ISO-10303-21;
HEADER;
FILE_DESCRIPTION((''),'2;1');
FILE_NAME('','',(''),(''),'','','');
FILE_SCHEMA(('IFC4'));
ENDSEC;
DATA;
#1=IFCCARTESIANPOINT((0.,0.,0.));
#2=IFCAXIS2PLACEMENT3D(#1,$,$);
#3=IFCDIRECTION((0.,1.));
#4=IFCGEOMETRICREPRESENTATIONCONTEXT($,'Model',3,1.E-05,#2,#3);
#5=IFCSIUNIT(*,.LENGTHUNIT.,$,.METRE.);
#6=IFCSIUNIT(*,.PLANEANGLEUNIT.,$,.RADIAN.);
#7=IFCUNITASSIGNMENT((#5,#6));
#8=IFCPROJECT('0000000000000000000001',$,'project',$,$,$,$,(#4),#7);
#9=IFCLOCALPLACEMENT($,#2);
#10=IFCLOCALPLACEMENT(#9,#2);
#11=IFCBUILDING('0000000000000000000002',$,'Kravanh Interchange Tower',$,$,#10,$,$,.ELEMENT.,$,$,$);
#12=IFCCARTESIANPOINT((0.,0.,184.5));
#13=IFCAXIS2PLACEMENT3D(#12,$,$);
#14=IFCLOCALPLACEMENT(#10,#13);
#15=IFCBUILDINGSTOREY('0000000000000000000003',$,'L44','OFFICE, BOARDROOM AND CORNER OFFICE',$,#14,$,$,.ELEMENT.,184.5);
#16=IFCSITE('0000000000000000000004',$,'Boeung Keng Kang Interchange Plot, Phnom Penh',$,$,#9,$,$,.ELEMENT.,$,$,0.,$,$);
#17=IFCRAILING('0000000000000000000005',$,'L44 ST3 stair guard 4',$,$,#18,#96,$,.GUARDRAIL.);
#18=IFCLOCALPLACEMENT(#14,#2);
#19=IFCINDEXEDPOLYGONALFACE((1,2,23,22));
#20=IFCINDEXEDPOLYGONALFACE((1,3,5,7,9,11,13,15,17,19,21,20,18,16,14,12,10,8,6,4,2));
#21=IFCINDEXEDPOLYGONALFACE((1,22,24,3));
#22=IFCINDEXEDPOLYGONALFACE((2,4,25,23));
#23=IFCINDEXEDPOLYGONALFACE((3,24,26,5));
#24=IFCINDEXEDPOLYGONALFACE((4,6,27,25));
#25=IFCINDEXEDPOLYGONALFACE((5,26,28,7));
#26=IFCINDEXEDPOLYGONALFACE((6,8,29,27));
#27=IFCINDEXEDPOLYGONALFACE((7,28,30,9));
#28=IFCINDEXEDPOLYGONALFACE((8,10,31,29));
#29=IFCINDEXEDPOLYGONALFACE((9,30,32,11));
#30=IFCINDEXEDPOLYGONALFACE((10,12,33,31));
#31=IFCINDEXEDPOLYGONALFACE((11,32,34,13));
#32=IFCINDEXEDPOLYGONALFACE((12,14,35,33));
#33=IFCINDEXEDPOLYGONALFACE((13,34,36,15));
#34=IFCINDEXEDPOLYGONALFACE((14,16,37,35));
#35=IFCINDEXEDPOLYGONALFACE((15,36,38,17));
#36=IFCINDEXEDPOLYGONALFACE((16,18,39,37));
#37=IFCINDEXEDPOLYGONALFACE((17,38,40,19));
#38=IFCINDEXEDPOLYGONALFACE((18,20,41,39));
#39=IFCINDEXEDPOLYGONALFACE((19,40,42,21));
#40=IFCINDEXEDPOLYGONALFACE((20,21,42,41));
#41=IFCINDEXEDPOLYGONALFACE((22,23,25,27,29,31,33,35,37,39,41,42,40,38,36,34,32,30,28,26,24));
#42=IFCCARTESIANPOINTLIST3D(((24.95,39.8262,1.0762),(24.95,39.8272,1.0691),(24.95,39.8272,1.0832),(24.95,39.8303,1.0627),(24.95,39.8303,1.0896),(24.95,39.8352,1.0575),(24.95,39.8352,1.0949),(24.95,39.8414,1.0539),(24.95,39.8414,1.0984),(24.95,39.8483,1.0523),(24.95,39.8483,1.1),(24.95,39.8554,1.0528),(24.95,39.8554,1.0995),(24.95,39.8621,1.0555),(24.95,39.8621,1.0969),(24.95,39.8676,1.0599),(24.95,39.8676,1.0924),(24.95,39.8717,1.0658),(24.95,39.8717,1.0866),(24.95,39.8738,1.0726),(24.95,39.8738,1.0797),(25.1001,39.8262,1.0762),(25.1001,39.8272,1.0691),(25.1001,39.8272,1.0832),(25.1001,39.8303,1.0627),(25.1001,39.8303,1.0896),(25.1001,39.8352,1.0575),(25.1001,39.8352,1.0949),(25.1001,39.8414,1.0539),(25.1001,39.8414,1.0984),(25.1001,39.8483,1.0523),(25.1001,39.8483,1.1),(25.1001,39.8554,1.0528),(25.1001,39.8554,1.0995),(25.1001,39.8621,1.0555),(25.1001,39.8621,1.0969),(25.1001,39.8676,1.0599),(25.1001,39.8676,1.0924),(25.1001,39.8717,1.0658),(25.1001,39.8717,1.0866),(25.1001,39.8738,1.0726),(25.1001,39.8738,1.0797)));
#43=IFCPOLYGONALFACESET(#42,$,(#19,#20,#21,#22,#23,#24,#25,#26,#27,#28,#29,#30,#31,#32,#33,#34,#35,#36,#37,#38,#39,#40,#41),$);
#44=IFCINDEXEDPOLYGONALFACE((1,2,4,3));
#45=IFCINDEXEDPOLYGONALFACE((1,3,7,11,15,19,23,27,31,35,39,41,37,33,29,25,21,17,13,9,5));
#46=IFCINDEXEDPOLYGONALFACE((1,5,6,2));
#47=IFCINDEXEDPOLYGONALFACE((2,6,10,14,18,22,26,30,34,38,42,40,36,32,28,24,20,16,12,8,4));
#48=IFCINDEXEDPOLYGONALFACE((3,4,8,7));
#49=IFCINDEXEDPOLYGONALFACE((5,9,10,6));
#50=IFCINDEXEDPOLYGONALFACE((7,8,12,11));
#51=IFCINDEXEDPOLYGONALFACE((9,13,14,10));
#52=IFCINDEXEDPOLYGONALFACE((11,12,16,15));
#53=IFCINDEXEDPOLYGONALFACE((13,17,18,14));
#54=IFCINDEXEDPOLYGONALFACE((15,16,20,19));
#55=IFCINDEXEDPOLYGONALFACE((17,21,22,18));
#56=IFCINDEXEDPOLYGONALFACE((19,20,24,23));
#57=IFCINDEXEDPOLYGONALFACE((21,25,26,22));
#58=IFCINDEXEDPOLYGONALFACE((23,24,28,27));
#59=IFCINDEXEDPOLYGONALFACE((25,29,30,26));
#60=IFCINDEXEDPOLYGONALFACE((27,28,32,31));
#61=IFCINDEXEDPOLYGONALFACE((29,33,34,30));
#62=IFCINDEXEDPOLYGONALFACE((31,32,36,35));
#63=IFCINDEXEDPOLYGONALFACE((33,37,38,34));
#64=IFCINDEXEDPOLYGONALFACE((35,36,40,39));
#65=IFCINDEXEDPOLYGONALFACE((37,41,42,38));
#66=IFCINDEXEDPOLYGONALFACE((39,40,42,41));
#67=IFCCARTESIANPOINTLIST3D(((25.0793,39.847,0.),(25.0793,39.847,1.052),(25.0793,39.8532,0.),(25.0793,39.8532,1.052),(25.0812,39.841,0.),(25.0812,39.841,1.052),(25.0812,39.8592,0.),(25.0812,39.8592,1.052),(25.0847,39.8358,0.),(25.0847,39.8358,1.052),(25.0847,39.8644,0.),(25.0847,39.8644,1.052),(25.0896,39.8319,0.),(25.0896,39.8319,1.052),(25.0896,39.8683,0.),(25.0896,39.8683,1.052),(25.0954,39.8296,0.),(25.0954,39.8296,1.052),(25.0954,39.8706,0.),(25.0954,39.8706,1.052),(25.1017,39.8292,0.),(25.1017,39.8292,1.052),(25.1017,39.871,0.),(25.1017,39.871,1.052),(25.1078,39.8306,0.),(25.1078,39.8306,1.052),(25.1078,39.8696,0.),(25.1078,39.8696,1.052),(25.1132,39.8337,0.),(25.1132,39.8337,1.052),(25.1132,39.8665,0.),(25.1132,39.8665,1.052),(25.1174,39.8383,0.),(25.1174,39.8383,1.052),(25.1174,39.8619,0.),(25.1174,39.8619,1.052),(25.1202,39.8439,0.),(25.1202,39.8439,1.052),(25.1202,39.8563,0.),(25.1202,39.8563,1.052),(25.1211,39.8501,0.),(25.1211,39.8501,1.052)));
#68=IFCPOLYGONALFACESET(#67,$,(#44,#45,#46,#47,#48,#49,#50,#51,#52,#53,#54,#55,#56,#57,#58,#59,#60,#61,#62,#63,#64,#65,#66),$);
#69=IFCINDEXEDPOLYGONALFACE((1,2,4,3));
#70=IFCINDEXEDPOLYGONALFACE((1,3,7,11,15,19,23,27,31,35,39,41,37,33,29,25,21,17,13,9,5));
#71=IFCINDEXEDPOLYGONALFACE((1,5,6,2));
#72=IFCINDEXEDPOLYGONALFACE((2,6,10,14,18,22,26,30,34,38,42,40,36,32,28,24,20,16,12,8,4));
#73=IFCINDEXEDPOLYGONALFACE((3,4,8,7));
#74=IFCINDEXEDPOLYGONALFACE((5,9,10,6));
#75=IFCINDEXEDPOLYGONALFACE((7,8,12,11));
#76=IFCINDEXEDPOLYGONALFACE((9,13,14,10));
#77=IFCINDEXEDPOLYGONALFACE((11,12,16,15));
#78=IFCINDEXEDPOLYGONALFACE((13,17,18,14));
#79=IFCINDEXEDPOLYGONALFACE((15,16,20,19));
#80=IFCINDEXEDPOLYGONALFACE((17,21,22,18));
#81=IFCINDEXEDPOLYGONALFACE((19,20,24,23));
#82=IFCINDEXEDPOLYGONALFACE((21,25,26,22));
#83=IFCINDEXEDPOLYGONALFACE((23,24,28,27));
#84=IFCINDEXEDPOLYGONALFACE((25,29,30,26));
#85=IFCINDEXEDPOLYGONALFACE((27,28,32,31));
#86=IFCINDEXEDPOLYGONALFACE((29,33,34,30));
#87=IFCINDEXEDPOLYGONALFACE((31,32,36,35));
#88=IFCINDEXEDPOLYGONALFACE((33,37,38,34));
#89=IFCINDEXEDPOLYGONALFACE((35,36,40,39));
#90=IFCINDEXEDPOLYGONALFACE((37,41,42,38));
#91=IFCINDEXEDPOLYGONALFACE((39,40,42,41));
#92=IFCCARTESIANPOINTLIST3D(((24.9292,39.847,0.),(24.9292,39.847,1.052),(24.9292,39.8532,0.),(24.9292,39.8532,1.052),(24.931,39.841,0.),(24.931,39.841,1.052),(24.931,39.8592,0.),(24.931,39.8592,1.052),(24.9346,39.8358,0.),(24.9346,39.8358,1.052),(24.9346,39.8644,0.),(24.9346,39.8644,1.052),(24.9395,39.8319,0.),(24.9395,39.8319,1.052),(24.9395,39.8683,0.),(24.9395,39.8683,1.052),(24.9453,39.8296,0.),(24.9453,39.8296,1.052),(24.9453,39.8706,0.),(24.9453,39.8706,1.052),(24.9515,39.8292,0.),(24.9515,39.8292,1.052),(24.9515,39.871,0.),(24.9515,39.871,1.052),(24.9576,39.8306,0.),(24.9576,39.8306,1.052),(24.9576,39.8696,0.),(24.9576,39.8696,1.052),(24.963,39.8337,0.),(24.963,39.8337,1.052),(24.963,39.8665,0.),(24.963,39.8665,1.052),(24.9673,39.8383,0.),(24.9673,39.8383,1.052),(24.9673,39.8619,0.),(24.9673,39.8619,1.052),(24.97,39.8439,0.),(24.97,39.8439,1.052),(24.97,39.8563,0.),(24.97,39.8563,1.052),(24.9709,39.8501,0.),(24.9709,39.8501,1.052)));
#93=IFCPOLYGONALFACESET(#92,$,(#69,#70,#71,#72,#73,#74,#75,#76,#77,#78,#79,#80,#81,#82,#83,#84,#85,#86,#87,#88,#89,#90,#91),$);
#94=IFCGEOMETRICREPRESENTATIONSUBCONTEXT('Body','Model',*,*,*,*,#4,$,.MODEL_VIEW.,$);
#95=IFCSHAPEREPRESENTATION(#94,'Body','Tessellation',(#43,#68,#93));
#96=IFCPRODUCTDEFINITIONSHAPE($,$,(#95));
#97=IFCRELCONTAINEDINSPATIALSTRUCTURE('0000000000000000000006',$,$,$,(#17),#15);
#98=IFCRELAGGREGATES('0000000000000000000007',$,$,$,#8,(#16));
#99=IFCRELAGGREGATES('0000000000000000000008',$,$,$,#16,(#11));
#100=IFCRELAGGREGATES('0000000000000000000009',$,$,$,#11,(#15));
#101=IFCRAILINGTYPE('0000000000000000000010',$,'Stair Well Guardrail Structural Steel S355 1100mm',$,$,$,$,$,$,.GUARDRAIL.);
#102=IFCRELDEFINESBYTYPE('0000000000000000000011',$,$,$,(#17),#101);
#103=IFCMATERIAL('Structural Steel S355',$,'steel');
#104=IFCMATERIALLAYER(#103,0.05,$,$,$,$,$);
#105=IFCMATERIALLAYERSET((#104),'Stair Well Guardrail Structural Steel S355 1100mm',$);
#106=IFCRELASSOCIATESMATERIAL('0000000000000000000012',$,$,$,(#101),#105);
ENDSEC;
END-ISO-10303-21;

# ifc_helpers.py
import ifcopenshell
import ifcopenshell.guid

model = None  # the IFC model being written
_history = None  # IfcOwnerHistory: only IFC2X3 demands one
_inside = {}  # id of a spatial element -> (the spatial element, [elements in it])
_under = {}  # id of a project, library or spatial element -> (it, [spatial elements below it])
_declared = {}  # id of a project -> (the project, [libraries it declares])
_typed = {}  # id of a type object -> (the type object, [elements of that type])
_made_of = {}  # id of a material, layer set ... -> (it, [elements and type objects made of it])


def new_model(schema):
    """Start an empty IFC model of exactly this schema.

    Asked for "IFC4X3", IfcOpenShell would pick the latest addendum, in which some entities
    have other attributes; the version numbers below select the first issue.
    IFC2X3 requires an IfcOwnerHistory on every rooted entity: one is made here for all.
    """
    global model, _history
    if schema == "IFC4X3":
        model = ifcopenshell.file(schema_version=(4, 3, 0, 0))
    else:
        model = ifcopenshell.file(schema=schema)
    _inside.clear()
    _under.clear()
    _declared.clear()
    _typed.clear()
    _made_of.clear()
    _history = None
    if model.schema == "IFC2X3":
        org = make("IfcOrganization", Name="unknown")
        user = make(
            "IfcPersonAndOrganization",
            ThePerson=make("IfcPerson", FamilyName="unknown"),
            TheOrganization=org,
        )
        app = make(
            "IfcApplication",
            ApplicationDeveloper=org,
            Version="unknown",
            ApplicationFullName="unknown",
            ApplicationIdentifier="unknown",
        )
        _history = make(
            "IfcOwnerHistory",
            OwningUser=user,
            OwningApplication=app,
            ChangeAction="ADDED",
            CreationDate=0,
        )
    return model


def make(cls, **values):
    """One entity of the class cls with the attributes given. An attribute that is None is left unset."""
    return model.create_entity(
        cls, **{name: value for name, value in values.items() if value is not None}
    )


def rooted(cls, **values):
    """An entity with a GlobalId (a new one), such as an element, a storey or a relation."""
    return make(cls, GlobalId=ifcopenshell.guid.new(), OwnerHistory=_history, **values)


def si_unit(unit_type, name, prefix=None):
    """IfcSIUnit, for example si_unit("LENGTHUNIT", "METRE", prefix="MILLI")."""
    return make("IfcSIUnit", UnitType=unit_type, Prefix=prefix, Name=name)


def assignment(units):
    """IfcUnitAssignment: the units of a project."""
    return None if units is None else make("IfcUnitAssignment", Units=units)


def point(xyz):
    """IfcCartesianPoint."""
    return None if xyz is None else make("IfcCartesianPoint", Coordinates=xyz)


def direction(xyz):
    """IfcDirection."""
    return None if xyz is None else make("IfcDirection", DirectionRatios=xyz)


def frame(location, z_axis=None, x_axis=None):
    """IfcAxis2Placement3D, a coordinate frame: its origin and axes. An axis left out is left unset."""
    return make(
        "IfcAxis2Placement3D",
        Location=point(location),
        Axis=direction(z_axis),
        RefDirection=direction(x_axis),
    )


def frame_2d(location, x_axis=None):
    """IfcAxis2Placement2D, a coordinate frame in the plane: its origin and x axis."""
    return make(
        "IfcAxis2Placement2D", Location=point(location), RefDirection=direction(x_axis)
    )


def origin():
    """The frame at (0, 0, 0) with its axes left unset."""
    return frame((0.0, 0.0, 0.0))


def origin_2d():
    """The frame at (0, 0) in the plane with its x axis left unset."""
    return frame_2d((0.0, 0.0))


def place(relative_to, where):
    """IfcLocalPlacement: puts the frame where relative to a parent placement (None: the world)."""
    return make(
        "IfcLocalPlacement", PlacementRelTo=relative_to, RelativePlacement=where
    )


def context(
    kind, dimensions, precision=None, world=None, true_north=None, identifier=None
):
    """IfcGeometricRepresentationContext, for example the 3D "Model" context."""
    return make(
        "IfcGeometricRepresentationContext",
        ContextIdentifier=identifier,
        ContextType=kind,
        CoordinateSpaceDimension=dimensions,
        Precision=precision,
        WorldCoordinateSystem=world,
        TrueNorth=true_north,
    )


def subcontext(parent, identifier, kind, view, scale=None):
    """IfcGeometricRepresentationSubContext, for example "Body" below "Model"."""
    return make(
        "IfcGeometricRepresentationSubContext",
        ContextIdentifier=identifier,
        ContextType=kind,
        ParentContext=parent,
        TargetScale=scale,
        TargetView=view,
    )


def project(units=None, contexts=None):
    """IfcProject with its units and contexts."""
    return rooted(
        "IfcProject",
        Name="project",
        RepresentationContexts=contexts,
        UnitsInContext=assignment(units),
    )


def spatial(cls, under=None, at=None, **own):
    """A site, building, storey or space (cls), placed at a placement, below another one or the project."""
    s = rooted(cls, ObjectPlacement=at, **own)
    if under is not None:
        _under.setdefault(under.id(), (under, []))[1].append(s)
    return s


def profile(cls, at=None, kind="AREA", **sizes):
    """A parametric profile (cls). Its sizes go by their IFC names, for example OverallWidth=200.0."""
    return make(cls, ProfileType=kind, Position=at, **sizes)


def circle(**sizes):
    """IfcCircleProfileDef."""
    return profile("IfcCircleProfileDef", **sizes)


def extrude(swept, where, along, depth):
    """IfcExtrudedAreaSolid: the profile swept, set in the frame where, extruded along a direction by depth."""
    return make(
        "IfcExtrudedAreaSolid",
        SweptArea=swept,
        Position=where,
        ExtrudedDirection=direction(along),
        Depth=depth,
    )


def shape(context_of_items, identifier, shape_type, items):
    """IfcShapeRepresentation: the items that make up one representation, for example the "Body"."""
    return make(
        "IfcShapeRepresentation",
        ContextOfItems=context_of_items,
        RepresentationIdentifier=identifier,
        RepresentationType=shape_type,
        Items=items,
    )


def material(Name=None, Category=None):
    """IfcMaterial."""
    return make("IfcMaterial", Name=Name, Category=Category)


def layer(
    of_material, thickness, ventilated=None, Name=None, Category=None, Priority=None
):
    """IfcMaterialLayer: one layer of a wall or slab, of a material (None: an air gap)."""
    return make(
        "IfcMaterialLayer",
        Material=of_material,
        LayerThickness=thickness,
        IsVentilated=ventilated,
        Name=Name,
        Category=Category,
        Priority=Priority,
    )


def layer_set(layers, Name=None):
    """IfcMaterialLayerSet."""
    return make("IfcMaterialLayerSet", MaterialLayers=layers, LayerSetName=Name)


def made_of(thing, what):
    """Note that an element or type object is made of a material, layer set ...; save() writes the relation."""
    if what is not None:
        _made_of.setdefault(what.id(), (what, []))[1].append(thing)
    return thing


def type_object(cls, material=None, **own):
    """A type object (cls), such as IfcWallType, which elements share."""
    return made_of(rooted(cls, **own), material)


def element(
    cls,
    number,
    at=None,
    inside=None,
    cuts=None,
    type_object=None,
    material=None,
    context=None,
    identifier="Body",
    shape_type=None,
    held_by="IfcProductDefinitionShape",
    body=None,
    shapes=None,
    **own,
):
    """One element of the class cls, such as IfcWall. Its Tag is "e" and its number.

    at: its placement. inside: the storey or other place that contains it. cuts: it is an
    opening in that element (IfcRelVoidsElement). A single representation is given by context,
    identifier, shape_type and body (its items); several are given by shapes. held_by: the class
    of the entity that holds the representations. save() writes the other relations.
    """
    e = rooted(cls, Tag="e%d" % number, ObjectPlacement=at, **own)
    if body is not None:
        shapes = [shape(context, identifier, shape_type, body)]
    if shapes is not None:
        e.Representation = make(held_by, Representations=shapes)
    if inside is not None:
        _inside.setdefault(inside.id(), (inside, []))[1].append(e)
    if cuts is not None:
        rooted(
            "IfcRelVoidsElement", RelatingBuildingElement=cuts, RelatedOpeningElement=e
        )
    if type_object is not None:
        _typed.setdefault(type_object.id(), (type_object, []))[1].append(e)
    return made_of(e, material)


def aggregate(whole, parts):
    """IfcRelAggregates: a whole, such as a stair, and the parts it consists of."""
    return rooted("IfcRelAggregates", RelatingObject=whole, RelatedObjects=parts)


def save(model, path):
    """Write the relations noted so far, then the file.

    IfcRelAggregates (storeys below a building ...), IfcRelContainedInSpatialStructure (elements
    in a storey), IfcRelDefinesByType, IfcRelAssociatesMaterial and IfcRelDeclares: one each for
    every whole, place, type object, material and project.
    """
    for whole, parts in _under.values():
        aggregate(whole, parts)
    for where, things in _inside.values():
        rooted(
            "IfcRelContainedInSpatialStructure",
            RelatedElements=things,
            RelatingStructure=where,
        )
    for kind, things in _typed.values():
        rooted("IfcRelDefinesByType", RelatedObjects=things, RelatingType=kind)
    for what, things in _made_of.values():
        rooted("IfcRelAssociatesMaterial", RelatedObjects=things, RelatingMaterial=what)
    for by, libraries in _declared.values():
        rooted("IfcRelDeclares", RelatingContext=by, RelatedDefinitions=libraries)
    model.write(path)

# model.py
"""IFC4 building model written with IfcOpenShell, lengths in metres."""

from ifc_helpers import new_model, si_unit, direction, frame, origin, origin_2d, place, context, subcontext, project, spatial, circle, extrude, material, layer, layer_set, type_object, element, save


model = new_model("IFC4")

# Units and contexts
model_context = context("Model", 3, precision=1e-05, world=origin(), true_north=direction((0.0, 1.0)))
body_context = subcontext(model_context, "Body", "Model", "MODEL_VIEW")
ifc_project = project(units=[si_unit("LENGTHUNIT", "METRE"), si_unit("PLANEANGLEUNIT", "RADIAN")], contexts=[model_context])

# Site, building, storey
site_placement = place(None, origin())
site = spatial("IfcSite", under=ifc_project, at=site_placement, Name="Boeung Keng Kang Interchange Plot, Phnom Penh", CompositionType="ELEMENT", RefElevation=0.0)
building_placement = place(site_placement, origin())
building = spatial("IfcBuilding", under=site, at=building_placement, Name="Kravanh Interchange Tower", CompositionType="ELEMENT")
storey_placement = place(building_placement, frame((0.0, 0.0, 184.5)))
storey = spatial("IfcBuildingStorey", under=building, at=storey_placement, Name="L44", Description="OFFICE, BOARDROOM AND CORNER OFFICE", CompositionType="ELEMENT", Elevation=184.5)

# Railing
ifc_material_1 = material(Name="Structural Steel S355", Category="steel")
ifc_layer_1 = layer(ifc_material_1, 0.05)
ifc_layer_set_1 = layer_set([ifc_layer_1], Name="Stair Well Guardrail Structural Steel S355 1100mm")
railing_type_1 = type_object("IfcRailingType", Name="Stair Well Guardrail Structural Steel S355 1100mm", PredefinedType="GUARDRAIL", material=ifc_layer_set_1)
railing_1_placement = place(storey_placement, frame((25.1001, 39.8501, 0.0)))
element("IfcRailing", 1, at=railing_1_placement, inside=storey, type_object=railing_type_1, Name="L44 ST3 stair guard 4", PredefinedType="GUARDRAIL", context=body_context, shape_type="SweptSolid", body=[
    extrude(circle(Radius=0.0239, at=origin_2d()), frame((0.0, 0.0, 1.0762), z_axis=(-1.0, 0.0, 0.0), x_axis=(0.0, -1.0, 0.0)), (0.0, 0.0, 1.0), 0.1501),
    extrude(circle(Radius=0.021, at=origin_2d()), origin(), (0.0, 0.0, 1.0), 1.052),
    extrude(circle(Radius=0.021, at=origin_2d()), frame((-0.1501, 0.0, 0.0)), (0.0, 0.0, 1.0), 1.052),
])

save(model, "model.ifc")
